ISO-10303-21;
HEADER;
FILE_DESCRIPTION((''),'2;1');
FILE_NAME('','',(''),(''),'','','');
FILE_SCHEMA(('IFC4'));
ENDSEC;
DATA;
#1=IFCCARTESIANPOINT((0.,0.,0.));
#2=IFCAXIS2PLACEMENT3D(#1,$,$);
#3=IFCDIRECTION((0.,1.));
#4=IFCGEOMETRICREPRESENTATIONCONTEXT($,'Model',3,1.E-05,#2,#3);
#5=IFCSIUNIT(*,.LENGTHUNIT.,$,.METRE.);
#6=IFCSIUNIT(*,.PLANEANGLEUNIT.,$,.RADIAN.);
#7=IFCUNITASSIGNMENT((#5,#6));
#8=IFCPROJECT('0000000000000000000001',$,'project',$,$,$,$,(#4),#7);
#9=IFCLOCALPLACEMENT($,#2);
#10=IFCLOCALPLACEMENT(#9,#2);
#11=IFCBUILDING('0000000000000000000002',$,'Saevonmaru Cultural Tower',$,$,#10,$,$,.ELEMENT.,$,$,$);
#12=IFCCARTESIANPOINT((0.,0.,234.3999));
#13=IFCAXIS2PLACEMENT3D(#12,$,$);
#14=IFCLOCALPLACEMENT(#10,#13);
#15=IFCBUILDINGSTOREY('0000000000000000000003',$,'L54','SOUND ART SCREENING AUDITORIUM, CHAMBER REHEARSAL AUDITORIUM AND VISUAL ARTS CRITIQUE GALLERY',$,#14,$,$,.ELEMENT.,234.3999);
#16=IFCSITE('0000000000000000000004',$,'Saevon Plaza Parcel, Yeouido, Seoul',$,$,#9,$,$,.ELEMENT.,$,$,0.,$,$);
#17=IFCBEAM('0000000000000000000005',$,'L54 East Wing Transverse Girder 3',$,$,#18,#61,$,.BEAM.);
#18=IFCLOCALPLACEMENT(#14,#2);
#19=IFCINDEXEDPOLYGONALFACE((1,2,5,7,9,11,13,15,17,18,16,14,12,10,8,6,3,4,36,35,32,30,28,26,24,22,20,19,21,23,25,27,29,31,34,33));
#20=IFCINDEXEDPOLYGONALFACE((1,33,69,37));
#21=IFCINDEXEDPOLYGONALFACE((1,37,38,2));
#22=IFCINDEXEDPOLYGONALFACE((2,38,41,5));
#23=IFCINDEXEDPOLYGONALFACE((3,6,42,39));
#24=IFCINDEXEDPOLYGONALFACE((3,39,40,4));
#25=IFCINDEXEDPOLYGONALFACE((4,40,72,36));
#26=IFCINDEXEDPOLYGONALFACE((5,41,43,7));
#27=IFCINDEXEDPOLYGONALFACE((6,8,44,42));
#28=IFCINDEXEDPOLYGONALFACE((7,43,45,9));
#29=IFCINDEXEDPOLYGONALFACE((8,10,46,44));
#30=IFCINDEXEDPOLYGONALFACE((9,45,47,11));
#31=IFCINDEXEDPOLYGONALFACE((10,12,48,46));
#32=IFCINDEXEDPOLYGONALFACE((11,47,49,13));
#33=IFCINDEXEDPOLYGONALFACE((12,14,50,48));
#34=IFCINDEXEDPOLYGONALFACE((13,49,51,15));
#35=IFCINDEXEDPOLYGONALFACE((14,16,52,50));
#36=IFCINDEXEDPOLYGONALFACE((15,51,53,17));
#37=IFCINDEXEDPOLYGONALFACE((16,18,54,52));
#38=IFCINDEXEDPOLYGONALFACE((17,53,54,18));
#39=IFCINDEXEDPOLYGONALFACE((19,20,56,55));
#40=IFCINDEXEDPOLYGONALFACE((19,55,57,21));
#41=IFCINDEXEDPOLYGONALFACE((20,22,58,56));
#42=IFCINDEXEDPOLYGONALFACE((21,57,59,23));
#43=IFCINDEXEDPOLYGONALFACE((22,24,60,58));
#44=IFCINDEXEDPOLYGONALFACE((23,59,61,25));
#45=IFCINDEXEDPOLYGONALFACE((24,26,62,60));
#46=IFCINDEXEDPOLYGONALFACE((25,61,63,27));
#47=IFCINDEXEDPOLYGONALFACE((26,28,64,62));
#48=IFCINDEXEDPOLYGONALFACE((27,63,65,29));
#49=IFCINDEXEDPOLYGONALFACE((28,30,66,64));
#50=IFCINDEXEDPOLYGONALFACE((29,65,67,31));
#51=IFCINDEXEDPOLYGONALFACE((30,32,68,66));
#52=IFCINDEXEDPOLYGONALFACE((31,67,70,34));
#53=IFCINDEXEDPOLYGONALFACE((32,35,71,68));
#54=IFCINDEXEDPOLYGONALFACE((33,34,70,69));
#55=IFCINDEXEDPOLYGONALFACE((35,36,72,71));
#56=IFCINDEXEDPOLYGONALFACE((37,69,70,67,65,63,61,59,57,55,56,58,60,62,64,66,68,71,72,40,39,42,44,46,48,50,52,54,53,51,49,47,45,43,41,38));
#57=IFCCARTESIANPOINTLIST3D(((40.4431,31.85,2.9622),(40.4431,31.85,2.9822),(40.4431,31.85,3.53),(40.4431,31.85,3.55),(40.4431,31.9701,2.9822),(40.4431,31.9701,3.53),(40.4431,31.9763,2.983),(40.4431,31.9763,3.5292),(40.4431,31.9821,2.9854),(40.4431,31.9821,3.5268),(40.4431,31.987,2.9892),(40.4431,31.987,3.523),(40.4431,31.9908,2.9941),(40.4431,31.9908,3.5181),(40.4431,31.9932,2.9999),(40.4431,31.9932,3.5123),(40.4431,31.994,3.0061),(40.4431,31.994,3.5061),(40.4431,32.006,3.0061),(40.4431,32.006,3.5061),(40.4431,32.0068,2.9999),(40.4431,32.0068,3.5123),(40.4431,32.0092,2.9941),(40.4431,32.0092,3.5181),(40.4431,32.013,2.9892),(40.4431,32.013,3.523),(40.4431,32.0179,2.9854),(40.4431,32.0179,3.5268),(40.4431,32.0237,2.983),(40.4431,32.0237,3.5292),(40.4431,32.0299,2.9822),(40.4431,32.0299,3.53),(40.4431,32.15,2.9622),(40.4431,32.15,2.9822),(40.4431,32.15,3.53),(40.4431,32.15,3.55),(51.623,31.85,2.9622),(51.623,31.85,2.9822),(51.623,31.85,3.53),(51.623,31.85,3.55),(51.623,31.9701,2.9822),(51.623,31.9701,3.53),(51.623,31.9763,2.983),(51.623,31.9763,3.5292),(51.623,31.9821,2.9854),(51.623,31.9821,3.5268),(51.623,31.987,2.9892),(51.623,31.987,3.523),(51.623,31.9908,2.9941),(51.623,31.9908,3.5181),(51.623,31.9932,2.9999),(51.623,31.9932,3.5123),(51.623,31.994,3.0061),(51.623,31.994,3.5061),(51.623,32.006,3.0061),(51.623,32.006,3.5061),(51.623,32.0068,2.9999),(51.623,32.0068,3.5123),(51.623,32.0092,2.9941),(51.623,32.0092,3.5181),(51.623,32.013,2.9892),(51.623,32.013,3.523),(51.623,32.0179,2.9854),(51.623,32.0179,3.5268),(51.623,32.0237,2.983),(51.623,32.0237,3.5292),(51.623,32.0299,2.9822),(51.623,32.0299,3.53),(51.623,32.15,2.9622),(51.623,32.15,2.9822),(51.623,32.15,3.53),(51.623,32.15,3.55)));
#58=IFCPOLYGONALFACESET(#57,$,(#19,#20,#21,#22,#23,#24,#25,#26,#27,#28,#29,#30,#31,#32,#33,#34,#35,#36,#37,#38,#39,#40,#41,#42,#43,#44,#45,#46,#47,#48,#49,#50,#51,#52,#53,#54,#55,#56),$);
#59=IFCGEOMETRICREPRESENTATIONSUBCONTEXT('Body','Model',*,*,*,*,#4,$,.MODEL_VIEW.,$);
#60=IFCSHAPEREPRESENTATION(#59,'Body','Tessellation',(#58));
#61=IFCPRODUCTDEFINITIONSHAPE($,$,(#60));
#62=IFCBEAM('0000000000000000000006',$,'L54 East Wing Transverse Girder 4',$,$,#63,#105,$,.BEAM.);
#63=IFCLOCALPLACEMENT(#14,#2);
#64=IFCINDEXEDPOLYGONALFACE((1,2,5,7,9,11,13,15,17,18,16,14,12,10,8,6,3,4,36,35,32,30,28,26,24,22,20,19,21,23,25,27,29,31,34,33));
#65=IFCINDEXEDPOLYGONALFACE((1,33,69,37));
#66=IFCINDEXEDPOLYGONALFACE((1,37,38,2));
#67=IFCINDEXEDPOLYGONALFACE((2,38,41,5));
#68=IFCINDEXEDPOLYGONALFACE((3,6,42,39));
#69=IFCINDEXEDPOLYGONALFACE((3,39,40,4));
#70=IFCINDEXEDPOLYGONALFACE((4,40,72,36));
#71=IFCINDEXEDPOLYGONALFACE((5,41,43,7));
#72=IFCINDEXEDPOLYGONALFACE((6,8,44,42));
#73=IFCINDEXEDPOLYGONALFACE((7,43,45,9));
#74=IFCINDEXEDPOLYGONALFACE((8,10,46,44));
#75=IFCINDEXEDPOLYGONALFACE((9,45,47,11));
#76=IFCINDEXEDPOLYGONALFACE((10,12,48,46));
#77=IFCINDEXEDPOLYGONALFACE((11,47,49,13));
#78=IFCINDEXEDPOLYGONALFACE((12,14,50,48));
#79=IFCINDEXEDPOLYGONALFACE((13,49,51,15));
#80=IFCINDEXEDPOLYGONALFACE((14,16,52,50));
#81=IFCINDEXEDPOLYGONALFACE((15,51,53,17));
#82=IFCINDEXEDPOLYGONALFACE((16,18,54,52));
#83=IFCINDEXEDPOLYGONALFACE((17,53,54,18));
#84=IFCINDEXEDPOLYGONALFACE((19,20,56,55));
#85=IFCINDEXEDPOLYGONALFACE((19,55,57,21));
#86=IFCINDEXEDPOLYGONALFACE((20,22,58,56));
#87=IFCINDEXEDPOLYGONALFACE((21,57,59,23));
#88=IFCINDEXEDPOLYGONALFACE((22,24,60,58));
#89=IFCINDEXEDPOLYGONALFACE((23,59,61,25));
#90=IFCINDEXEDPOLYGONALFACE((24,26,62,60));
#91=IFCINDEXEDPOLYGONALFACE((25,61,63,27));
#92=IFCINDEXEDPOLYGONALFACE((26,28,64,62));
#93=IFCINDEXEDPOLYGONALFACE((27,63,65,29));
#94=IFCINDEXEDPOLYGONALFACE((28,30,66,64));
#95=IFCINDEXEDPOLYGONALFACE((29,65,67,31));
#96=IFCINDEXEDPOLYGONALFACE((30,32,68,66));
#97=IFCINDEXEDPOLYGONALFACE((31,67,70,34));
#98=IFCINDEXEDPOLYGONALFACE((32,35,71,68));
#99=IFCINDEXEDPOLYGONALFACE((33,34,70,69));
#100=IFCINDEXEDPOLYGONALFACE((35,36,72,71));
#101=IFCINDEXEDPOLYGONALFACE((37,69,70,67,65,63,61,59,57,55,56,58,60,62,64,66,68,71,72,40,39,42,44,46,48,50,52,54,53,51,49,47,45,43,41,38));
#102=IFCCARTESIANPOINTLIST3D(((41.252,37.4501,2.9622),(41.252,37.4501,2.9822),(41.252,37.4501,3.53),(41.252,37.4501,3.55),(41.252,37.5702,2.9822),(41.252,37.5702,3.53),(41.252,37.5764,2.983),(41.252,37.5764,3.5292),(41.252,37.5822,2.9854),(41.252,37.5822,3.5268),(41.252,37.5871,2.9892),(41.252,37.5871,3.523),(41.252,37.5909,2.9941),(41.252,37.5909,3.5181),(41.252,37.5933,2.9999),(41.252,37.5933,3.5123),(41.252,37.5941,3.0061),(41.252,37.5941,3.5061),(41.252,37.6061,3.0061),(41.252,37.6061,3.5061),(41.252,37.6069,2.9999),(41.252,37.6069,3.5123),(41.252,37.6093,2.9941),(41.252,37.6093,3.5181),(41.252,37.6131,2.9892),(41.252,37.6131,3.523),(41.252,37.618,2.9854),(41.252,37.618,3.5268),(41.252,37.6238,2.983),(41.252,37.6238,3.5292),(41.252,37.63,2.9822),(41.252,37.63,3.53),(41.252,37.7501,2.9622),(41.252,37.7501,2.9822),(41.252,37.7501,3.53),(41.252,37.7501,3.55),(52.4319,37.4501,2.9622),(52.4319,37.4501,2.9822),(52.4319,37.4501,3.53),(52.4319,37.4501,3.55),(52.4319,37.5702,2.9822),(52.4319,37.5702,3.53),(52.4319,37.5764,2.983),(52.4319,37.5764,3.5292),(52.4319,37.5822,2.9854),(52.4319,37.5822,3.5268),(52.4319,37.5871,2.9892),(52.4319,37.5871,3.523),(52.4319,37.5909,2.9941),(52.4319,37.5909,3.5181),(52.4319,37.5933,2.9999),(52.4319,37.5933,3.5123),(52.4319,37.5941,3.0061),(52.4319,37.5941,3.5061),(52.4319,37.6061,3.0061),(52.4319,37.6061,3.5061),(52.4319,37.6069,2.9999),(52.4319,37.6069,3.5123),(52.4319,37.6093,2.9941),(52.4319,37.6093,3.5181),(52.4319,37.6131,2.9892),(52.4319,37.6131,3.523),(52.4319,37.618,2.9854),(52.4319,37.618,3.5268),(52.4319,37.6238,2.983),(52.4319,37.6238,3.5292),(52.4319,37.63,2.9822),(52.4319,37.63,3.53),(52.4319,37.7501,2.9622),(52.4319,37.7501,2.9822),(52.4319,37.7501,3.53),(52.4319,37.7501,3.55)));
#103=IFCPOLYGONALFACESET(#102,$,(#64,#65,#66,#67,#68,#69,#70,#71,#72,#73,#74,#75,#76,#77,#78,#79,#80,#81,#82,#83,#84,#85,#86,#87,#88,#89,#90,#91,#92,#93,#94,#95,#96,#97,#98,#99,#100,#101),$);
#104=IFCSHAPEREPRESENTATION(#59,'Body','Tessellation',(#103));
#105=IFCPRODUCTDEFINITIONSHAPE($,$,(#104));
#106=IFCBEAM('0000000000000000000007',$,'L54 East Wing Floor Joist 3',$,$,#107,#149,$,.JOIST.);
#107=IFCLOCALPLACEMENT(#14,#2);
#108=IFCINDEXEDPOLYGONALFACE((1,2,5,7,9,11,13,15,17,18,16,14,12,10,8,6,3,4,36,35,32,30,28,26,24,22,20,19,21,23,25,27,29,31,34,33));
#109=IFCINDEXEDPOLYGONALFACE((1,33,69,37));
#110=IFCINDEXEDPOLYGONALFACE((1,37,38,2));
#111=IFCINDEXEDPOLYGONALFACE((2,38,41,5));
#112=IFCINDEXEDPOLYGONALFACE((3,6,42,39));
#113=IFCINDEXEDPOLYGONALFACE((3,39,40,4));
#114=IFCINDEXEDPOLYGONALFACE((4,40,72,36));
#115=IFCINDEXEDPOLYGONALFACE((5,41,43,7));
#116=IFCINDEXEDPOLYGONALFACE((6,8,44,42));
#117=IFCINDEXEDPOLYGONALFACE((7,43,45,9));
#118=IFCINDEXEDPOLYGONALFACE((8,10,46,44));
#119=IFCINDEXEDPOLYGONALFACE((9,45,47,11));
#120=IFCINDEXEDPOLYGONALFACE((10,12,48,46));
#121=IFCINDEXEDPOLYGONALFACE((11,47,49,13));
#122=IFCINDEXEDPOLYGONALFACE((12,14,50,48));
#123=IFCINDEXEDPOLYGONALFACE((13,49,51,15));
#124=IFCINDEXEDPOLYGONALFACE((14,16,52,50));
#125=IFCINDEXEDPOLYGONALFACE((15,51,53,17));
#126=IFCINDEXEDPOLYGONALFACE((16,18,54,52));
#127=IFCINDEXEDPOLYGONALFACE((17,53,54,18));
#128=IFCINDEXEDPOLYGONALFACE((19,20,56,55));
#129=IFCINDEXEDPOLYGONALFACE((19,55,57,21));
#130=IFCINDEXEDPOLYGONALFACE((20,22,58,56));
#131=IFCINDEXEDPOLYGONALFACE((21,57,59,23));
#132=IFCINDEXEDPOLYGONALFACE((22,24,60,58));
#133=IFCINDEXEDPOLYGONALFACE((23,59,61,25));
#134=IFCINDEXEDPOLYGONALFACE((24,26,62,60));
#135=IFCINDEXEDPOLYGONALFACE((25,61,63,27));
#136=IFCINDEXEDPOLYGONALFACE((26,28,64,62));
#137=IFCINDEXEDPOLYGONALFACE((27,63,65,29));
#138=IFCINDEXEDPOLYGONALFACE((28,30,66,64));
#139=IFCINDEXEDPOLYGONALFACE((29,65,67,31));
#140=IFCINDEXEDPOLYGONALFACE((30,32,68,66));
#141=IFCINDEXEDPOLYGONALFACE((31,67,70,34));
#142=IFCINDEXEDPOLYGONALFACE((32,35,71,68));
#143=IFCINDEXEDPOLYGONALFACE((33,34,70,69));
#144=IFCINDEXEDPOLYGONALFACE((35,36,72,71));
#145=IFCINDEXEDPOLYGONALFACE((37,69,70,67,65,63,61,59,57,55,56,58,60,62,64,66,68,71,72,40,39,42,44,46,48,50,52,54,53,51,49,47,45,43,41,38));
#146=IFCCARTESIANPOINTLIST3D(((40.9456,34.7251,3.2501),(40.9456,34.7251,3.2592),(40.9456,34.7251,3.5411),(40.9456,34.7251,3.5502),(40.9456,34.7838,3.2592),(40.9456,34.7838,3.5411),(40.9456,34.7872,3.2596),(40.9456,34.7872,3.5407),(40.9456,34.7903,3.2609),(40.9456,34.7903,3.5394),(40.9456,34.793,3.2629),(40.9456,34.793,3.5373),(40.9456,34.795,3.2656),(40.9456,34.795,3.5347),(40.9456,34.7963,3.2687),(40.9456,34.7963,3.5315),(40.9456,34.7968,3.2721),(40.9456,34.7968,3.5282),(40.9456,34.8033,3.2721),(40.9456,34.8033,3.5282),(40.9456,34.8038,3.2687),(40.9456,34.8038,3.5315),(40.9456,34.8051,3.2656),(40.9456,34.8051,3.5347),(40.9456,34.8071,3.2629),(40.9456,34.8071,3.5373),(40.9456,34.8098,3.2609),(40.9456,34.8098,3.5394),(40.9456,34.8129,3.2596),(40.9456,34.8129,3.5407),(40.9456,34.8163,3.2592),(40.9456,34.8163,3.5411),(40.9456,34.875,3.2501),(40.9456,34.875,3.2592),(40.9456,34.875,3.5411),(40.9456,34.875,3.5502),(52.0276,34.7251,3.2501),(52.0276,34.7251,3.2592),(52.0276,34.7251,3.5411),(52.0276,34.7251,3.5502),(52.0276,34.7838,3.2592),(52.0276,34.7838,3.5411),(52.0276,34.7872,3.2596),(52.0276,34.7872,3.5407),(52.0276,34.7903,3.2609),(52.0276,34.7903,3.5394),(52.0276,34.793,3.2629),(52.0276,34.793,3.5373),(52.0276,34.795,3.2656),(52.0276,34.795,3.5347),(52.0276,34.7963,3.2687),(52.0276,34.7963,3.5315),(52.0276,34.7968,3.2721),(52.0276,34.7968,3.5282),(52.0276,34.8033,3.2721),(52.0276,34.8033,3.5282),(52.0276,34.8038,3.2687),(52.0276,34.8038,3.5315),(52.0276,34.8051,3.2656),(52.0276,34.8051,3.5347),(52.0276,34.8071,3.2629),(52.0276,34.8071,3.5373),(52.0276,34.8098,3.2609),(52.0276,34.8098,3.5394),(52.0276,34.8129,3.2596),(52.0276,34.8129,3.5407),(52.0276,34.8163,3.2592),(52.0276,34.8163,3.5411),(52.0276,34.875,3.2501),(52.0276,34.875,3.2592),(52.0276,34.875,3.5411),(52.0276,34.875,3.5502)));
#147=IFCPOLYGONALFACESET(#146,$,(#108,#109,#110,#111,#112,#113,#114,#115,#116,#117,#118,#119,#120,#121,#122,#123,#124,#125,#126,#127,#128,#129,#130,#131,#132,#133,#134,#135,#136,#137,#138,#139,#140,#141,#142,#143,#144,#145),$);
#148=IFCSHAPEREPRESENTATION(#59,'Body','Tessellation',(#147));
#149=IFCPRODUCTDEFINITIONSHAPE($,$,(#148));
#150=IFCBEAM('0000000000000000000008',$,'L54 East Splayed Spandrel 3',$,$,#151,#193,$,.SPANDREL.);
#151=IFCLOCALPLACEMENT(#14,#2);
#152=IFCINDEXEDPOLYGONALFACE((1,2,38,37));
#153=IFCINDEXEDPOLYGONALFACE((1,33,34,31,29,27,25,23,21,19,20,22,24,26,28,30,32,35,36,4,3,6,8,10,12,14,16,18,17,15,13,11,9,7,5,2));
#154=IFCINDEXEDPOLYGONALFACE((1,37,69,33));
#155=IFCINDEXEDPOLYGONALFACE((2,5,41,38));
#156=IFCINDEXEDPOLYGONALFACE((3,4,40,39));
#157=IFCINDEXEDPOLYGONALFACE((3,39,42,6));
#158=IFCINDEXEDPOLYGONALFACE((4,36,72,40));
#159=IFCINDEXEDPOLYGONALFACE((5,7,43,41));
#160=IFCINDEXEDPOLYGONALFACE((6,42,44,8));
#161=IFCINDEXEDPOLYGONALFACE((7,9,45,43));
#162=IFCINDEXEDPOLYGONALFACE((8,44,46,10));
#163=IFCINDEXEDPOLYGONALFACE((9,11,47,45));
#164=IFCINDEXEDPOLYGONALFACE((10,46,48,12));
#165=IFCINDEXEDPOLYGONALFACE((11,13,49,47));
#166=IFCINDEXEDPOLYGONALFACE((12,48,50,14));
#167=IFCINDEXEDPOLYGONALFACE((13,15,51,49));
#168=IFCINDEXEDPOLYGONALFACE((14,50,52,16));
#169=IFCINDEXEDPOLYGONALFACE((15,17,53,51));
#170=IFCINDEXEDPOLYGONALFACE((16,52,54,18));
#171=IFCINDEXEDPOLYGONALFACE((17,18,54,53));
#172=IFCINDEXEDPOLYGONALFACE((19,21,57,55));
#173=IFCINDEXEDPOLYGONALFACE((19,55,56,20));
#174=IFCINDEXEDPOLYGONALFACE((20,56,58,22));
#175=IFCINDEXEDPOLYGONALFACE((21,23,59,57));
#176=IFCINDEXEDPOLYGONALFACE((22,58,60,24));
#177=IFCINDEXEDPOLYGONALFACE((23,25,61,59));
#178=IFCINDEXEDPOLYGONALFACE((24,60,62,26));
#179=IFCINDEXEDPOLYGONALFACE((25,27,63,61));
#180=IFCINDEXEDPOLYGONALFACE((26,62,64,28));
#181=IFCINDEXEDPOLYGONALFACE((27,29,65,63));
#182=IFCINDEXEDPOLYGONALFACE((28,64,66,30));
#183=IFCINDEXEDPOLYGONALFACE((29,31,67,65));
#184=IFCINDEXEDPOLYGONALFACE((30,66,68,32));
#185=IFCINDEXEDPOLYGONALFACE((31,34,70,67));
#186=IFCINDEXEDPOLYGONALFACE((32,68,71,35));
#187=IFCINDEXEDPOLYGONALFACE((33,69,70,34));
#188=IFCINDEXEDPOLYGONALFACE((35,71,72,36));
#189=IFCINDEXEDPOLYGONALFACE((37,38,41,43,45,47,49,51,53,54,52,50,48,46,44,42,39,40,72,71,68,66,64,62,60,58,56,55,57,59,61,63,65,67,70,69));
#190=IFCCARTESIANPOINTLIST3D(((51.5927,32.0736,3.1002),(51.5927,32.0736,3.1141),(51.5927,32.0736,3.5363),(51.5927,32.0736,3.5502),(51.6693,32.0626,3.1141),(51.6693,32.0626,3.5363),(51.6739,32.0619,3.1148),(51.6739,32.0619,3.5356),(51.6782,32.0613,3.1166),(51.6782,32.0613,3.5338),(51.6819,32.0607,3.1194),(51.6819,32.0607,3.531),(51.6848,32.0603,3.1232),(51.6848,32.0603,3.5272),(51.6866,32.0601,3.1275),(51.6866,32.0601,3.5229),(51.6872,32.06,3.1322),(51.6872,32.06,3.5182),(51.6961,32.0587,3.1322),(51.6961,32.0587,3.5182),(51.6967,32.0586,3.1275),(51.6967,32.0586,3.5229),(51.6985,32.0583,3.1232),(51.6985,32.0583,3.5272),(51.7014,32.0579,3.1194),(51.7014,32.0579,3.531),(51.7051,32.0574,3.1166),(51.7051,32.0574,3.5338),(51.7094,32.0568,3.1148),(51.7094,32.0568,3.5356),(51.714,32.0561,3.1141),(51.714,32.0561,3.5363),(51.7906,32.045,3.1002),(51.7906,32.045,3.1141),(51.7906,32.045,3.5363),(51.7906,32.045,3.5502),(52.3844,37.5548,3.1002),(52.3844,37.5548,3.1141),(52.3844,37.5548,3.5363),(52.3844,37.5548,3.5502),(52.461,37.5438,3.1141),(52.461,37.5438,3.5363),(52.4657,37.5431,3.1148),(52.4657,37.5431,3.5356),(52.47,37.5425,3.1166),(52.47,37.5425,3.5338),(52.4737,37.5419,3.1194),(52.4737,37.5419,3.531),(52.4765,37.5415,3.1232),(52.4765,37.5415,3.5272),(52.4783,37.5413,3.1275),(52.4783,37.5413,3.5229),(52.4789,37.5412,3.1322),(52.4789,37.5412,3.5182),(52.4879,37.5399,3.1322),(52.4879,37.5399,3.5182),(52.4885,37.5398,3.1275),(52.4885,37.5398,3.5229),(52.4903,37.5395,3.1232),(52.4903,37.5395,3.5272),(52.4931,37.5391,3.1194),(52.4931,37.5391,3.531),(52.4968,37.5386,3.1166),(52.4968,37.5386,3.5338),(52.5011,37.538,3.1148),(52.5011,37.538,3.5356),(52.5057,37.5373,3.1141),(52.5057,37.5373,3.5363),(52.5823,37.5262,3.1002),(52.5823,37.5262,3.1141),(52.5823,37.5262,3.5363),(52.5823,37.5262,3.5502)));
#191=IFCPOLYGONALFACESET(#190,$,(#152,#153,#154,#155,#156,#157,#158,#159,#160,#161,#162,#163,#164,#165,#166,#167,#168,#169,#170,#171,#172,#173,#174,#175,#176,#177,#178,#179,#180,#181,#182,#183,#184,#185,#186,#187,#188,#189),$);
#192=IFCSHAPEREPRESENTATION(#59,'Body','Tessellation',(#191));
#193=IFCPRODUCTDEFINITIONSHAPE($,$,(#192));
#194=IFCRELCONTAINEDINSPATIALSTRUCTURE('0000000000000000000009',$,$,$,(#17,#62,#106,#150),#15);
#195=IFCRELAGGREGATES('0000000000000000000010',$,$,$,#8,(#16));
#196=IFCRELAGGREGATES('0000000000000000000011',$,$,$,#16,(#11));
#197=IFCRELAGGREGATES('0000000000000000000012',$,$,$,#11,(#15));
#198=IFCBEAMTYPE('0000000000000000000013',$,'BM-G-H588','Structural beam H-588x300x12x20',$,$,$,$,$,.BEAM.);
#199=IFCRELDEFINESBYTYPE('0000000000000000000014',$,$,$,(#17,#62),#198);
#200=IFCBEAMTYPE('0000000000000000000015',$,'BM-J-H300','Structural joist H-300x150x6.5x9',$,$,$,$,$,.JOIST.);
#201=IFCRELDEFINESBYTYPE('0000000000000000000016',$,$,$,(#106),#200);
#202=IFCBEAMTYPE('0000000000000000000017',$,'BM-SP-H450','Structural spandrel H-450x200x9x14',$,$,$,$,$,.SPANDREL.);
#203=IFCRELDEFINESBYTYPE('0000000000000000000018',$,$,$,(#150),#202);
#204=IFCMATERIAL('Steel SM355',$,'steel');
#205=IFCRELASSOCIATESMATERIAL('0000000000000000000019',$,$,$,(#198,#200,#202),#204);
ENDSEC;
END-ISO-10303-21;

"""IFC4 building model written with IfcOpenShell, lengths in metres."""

from ifc_helpers import new_model, si_unit, direction, frame, origin, origin_2d, place, context, subcontext, project, spatial, i_section, extrude, material, material_profile, profile_set, type_object, element, save


model = new_model("IFC4")

# Units and contexts
model_context = context("Model", 3, precision=1e-05, world=origin(), true_north=direction((0.0, 1.0)))
body_context = subcontext(model_context, "Body", "Model", "MODEL_VIEW")
ifc_project = project(units=[si_unit("LENGTHUNIT", "METRE"), si_unit("PLANEANGLEUNIT", "RADIAN")], contexts=[model_context])

# Site, building, storey
site_placement = place(None, origin())
site = spatial("IfcSite", under=ifc_project, at=site_placement, Name="Saevon Plaza Parcel, Yeouido, Seoul", CompositionType="ELEMENT", RefElevation=0.0)
building_placement = place(site_placement, origin())
building = spatial("IfcBuilding", under=site, at=building_placement, Name="Saevonmaru Cultural Tower", CompositionType="ELEMENT")
storey_placement = place(building_placement, frame((0.0, 0.0, 234.3999)))
storey = spatial("IfcBuildingStorey", under=building, at=storey_placement, Name="L54", Description="SOUND ART SCREENING AUDITORIUM, CHAMBER REHEARSAL AUDITORIUM AND VISUAL ARTS CRITIQUE GALLERY", CompositionType="ELEMENT", Elevation=234.3999)

# Shared definitions
ifc_material_1 = material(Name="Steel SM355", Category="steel")

# Beams
ifc_material_profile_1 = material_profile(ifc_material_1, i_section(OverallWidth=0.3, OverallDepth=0.5879, WebThickness=0.012, FlangeThickness=0.02, FilletRadius=0.0239, at=origin_2d()), Name="H-588x300x12x20")
ifc_profile_set_1 = profile_set([ifc_material_profile_1], Name="Steel SM355")
beam_type_1 = type_object("IfcBeamType", Name="BM-G-H588", Description="Structural beam H-588x300x12x20", PredefinedType="BEAM", material=ifc_profile_set_1)
for number, where, z_axis, x_axis, name in (
    (1, (40.4431, 32.0, 3.2561), (1.0, 0.0, 0.0), (0.0, 1.0, 0.0), "L54 East Wing Transverse Girder 3"),
    (2, (41.252, 37.6001, 3.2561), (1.0, 0.0, 0.0), (0.0, 1.0, 0.0), "L54 East Wing Transverse Girder 4"),
):
    element("IfcBeam", number, at=place(storey_placement, frame(where, z_axis=z_axis, x_axis=x_axis)), inside=storey, type_object=beam_type_1, Name=name, PredefinedType="BEAM", context=body_context, shape_type="SweptSolid", body=[
        extrude(i_section(OverallWidth=0.3, OverallDepth=0.5879, WebThickness=0.012, FlangeThickness=0.02, FilletRadius=0.0239, at=origin_2d()), origin(), (0.0, 0.0, 1.0), 11.1799),
    ])
ifc_material_profile_2 = material_profile(ifc_material_1, i_section(OverallWidth=0.1499, OverallDepth=0.3, WebThickness=0.0066, FlangeThickness=0.009, FilletRadius=0.0129, at=origin_2d()), Name="H-300x150x6.5x9")
ifc_profile_set_2 = profile_set([ifc_material_profile_2], Name="Steel SM355")
beam_type_2 = type_object("IfcBeamType", Name="BM-J-H300", Description="Structural joist H-300x150x6.5x9", PredefinedType="JOIST", material=ifc_profile_set_2)
beam_1_placement = place(storey_placement, frame((40.9456, 34.8, 3.4001), z_axis=(1.0, 0.0, 0.0), x_axis=(0.0, 1.0, 0.0)))
element("IfcBeam", 3, at=beam_1_placement, inside=storey, type_object=beam_type_2, Name="L54 East Wing Floor Joist 3", PredefinedType="JOIST", context=body_context, shape_type="SweptSolid", body=[
    extrude(i_section(OverallWidth=0.1499, OverallDepth=0.3, WebThickness=0.0066, FlangeThickness=0.009, FilletRadius=0.0129, at=origin_2d()), origin(), (0.0, 0.0, 1.0), 11.082),
])
ifc_material_profile_3 = material_profile(ifc_material_1, i_section(OverallWidth=0.2, OverallDepth=0.45, WebThickness=0.009, FlangeThickness=0.0139, FilletRadius=0.0181, at=origin_2d()), Name="H-450x200x9x14")
ifc_profile_set_3 = profile_set([ifc_material_profile_3], Name="Steel SM355")
beam_type_3 = type_object("IfcBeamType", Name="BM-SP-H450", Description="Structural spandrel H-450x200x9x14", PredefinedType="SPANDREL", material=ifc_profile_set_3)
beam_2_placement = place(storey_placement, frame((51.6917, 32.0593, 3.3252), z_axis=(0.142964, 0.989728, 0.0), x_axis=(-0.989728, 0.142964, 0.0)))
element("IfcBeam", 4, at=beam_2_placement, inside=storey, type_object=beam_type_3, Name="L54 East Splayed Spandrel 3", PredefinedType="SPANDREL", context=body_context, shape_type="SweptSolid", body=[
    extrude(i_section(OverallWidth=0.2, OverallDepth=0.45, WebThickness=0.009, FlangeThickness=0.0139, FilletRadius=0.0181, at=origin_2d()), origin(), (0.0, 0.0, 1.0), 5.5381),
])

save(model, "model.ifc")
